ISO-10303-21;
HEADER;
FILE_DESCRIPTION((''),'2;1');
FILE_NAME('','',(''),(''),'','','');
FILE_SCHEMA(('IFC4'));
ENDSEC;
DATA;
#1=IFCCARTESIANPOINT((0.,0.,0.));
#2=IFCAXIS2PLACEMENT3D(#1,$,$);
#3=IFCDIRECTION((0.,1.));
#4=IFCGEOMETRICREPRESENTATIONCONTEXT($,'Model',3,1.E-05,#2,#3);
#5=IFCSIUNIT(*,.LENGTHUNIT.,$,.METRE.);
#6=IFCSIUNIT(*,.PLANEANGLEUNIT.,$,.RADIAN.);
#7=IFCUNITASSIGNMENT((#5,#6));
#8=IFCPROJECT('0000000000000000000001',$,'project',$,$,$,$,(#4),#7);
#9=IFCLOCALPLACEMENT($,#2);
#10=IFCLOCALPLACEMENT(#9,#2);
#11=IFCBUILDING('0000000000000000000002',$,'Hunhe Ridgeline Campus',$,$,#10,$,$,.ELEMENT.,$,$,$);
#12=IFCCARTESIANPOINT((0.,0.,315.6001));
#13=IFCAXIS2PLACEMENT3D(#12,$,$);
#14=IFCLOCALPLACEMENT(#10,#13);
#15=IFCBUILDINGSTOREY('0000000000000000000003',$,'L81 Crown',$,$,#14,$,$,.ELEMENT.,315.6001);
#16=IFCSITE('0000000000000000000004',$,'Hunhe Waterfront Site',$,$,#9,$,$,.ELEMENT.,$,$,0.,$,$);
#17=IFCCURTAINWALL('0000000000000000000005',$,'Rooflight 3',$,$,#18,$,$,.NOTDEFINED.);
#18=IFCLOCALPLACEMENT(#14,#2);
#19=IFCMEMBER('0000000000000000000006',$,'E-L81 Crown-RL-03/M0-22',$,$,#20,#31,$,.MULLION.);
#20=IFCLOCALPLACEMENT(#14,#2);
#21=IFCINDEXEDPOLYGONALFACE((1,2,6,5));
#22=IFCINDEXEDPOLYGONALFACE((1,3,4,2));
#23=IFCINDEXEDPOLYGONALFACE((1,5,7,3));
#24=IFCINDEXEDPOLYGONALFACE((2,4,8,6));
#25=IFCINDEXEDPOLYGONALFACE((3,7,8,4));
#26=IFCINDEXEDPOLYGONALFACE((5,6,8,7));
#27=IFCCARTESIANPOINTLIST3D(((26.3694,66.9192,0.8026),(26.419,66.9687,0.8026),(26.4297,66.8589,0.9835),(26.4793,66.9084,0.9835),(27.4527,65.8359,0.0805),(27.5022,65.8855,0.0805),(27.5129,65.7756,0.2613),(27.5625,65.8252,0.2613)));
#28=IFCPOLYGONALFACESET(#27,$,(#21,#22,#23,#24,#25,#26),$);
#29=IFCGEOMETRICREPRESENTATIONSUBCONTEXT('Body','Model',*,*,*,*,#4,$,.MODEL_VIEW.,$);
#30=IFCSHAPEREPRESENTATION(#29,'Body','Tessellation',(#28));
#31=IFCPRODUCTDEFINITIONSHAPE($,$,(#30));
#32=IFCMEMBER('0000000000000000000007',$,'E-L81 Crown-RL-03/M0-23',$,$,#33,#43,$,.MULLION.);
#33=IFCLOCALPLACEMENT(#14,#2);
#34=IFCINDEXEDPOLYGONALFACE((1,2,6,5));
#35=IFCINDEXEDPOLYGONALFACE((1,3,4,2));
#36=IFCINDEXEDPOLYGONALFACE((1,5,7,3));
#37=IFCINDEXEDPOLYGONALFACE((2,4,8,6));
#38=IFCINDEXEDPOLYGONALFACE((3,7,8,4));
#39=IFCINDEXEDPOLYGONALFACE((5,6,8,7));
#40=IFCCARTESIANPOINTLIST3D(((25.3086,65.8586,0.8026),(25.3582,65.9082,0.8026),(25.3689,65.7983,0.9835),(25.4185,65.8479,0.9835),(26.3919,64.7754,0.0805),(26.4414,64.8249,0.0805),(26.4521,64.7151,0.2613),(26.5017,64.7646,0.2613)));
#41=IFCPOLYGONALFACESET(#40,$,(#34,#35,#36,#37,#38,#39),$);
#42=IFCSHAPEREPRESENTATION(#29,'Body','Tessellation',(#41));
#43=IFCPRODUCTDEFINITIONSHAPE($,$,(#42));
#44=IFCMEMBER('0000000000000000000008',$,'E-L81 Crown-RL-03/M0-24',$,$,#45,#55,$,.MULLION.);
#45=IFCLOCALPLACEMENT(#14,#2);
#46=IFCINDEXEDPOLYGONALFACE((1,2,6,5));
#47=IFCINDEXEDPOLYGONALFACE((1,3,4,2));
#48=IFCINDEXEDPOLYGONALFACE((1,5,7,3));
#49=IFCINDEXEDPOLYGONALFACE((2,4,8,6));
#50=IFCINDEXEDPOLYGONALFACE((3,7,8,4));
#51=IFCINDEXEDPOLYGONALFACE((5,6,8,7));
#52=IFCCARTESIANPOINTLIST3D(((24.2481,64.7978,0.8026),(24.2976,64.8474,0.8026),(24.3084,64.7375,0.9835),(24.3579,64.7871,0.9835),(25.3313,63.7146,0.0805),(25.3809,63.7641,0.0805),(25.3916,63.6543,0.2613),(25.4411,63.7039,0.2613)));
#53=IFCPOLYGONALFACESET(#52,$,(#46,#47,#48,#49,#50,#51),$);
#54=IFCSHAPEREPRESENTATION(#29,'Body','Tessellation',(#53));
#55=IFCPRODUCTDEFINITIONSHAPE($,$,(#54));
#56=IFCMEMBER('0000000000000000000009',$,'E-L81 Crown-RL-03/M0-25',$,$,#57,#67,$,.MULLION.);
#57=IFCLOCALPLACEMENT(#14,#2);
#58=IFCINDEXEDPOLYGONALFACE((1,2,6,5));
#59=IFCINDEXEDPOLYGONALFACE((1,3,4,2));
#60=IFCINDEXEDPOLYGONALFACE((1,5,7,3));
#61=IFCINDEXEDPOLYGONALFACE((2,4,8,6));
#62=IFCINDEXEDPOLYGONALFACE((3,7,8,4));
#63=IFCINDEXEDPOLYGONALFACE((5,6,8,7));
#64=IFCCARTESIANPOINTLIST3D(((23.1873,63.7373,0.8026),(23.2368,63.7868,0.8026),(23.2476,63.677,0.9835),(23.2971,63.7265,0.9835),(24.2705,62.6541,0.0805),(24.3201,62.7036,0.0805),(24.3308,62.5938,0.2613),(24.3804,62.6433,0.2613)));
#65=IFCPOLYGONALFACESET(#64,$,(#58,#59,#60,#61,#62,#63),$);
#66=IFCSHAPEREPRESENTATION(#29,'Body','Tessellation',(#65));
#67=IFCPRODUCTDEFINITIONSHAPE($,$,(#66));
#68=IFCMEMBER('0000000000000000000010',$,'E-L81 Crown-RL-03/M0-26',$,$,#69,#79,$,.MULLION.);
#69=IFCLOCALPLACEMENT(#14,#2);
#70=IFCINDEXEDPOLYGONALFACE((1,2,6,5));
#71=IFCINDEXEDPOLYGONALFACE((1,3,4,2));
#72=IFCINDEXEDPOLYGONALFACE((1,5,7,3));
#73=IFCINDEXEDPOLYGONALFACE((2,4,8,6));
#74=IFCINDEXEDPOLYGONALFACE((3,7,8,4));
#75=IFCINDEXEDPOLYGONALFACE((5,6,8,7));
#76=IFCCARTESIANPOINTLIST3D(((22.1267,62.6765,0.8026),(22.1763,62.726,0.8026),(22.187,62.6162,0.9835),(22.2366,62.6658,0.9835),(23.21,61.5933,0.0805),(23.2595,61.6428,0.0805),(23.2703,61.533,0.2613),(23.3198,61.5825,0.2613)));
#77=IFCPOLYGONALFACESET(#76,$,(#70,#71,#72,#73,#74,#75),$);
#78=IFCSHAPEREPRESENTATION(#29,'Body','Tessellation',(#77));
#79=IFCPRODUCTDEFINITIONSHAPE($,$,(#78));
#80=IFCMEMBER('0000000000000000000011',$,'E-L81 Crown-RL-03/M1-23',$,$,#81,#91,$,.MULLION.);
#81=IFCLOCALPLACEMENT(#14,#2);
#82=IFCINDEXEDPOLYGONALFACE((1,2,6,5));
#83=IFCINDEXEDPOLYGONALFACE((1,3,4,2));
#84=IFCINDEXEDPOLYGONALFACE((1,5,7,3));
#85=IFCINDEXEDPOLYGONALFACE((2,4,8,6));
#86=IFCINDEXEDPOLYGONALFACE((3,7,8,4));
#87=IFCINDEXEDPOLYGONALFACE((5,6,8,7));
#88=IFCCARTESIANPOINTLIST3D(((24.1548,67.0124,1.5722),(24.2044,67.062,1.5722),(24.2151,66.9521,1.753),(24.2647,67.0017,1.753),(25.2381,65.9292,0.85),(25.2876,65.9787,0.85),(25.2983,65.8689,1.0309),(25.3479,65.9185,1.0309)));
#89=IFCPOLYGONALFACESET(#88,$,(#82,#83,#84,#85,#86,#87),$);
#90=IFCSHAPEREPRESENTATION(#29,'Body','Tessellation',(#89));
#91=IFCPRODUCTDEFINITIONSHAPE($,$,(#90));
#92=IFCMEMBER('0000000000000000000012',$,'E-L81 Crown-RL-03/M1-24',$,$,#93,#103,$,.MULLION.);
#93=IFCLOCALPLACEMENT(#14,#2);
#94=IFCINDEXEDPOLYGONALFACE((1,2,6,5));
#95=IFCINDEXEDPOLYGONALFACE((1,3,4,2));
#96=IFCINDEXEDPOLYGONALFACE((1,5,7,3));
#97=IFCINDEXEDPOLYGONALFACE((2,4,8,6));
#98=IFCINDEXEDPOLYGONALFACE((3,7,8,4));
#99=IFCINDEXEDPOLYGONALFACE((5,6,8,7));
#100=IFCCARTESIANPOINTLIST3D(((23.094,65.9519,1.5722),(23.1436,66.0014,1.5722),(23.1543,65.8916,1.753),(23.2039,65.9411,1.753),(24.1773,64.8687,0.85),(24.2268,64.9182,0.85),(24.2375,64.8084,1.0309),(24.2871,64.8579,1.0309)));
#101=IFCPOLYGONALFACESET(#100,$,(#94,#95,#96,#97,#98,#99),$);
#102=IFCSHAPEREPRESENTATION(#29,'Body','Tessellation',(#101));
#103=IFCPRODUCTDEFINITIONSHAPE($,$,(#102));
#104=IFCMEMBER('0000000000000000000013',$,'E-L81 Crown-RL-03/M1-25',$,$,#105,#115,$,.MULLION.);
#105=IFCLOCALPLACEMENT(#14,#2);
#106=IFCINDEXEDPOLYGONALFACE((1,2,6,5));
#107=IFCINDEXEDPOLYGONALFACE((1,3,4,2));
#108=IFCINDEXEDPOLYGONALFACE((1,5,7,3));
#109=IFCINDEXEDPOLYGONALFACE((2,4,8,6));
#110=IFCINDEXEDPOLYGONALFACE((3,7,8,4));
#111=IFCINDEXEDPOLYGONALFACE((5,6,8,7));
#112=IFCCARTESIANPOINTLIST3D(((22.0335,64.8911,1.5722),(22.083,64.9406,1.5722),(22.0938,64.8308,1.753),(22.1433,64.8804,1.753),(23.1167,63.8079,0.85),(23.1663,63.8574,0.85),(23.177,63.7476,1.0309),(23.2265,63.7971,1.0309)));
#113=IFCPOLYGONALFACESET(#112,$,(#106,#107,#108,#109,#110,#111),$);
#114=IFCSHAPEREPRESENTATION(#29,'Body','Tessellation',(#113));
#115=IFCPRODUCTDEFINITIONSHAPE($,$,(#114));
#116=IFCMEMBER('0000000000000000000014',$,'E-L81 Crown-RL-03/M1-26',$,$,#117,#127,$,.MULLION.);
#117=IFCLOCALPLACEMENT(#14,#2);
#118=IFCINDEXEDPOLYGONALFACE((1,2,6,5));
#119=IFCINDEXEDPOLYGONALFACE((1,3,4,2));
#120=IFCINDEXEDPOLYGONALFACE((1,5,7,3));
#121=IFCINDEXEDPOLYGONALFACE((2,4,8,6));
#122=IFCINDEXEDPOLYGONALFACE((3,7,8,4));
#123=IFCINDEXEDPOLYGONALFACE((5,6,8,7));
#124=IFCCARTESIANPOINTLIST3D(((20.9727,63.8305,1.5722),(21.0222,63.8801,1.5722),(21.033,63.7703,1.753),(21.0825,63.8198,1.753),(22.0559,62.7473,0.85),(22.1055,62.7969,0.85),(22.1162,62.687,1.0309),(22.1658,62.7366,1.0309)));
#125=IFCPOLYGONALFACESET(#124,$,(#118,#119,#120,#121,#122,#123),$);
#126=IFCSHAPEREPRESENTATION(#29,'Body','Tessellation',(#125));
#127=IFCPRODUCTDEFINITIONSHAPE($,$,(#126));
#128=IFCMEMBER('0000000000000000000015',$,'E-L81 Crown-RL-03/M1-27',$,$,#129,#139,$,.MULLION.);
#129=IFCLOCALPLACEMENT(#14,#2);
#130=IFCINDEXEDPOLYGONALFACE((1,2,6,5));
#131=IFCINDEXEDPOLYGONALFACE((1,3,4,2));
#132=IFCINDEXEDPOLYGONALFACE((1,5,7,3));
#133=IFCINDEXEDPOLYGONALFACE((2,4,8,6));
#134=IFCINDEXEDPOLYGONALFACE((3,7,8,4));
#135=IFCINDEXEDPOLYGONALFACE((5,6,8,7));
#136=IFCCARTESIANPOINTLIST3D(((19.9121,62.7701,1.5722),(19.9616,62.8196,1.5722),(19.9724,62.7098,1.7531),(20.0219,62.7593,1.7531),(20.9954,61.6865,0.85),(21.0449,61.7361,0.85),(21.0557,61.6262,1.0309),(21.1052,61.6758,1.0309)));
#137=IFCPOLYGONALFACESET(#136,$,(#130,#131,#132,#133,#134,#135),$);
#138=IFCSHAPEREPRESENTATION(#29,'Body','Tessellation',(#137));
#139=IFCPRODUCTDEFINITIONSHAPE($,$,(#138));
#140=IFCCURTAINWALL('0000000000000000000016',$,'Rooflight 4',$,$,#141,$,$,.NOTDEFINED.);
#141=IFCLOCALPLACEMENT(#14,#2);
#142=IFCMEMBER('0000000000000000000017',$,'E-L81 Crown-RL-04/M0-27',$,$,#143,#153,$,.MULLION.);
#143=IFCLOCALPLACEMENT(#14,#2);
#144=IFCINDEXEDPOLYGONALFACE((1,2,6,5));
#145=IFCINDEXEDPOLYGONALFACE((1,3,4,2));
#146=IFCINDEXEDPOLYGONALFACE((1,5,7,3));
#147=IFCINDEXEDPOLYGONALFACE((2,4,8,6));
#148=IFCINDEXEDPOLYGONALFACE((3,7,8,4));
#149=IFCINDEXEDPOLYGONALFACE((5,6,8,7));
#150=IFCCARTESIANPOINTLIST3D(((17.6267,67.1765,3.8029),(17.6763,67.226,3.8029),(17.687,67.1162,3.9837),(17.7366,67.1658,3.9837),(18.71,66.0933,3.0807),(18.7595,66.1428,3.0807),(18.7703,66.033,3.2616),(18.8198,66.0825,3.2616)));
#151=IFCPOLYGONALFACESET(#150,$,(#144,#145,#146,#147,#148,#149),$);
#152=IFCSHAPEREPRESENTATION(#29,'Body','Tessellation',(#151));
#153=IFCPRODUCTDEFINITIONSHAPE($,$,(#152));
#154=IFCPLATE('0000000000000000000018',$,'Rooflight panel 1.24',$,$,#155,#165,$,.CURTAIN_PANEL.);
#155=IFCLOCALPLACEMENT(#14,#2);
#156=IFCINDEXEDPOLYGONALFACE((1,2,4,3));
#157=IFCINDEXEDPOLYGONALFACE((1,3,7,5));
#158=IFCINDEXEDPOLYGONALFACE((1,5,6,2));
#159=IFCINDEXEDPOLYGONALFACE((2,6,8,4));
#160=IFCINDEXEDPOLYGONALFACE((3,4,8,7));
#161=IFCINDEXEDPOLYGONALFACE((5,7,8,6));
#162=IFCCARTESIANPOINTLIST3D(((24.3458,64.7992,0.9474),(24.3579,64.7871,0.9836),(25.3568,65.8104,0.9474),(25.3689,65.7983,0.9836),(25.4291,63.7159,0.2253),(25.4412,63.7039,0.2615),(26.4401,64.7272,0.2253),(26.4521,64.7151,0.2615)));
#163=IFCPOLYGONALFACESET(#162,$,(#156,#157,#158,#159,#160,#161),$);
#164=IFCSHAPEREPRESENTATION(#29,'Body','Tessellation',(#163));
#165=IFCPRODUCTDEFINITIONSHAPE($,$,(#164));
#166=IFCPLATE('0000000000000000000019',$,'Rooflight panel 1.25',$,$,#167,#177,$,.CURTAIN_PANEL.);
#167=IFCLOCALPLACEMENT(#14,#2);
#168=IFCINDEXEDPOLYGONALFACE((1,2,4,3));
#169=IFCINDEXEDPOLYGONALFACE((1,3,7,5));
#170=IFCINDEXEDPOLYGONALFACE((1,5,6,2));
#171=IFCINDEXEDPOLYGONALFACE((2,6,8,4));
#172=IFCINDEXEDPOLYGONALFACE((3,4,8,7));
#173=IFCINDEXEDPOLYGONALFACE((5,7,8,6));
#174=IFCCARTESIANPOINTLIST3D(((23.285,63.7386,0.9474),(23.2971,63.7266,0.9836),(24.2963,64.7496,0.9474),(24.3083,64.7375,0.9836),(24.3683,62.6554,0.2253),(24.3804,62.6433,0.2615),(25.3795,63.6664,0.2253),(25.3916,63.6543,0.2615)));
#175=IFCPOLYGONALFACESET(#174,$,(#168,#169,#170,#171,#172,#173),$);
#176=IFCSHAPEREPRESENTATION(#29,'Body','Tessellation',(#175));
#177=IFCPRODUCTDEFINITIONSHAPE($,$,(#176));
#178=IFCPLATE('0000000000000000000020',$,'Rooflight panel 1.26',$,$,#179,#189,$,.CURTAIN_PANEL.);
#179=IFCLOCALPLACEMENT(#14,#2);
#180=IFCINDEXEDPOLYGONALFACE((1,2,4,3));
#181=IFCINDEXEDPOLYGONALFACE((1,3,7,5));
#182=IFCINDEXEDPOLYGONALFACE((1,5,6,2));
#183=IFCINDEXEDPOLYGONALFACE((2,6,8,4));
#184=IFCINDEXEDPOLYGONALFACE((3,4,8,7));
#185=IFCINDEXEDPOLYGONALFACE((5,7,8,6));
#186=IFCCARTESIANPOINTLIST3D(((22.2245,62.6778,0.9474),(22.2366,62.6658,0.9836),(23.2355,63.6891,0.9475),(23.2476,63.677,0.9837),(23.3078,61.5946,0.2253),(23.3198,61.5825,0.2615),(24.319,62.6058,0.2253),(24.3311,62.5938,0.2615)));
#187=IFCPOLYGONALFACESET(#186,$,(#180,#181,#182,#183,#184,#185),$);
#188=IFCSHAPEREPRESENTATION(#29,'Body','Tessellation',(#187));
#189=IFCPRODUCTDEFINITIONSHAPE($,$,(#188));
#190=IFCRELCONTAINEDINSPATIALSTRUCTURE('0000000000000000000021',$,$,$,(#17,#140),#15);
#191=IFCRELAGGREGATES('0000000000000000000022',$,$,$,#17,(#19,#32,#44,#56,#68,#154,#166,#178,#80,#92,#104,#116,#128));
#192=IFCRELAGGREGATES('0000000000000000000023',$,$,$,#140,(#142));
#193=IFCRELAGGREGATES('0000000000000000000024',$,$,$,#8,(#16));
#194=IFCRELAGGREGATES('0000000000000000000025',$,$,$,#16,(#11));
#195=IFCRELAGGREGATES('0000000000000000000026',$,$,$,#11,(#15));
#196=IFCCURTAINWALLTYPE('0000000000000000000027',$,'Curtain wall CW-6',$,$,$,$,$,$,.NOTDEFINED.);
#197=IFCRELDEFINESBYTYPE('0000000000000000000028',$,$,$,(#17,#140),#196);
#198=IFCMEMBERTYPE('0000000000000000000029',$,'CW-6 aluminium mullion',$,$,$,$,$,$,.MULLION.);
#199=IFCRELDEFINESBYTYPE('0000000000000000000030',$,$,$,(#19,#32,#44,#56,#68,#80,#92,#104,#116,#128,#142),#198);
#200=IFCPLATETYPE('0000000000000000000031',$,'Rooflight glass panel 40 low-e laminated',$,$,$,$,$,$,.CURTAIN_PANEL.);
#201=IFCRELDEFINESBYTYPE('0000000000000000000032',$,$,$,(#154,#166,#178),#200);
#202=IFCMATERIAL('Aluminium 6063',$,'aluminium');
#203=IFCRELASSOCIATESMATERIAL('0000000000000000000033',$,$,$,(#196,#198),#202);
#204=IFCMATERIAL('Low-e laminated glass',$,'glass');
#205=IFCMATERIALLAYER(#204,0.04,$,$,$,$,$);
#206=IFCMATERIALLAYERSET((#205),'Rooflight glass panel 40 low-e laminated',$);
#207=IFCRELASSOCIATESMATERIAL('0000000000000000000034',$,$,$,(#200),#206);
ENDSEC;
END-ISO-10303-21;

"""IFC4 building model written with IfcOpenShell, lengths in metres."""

from ifc_helpers import new_model, si_unit, direction, frame, origin, origin_2d, place, context, subcontext, project, spatial, polyline, rectangle, outline, extrude, material, layer, layer_set, material_profile, profile_set, type_object, element, aggregate, save


model = new_model("IFC4")

# Units and contexts
model_context = context("Model", 3, precision=1e-05, world=origin(), true_north=direction((0.0, 1.0)))
body_context = subcontext(model_context, "Body", "Model", "MODEL_VIEW")
ifc_project = project(units=[si_unit("LENGTHUNIT", "METRE"), si_unit("PLANEANGLEUNIT", "RADIAN")], contexts=[model_context])

# Site, building, storey
site_placement = place(None, origin())
site = spatial("IfcSite", under=ifc_project, at=site_placement, Name="Hunhe Waterfront Site", CompositionType="ELEMENT", RefElevation=0.0)
building_placement = place(site_placement, origin())
building = spatial("IfcBuilding", under=site, at=building_placement, Name="Hunhe Ridgeline Campus", CompositionType="ELEMENT")
storey_placement = place(building_placement, frame((0.0, 0.0, 315.6001)))
storey = spatial("IfcBuildingStorey", under=building, at=storey_placement, Name="L81 Crown", CompositionType="ELEMENT", Elevation=315.6001)

# Curtain wall, members
ifc_material_1 = material(Name="Aluminium 6063", Category="aluminium")
curtain_wall_type = type_object("IfcCurtainWallType", Name="Curtain wall CW-6", PredefinedType="NOTDEFINED", material=ifc_material_1)
curtain_wall_1_placement = place(storey_placement, origin())
curtain_wall_1 = element("IfcCurtainWall", 1, at=curtain_wall_1_placement, inside=storey, type_object=curtain_wall_type, Name="Rooflight 3", PredefinedType="NOTDEFINED")
ifc_material_profile = material_profile(ifc_material_1, rectangle(XDim=0.0701, YDim=0.2, at=origin_2d()))
ifc_profile_set = profile_set([ifc_material_profile], Name="Aluminium 6063")
member_type = type_object("IfcMemberType", Name="CW-6 aluminium mullion", PredefinedType="MULLION", material=ifc_profile_set)
member_1_placement = place(storey_placement, frame((27.5076, 65.8306, 0.1709), z_axis=(-0.639602, 0.639602, 0.426401), x_axis=(-0.707107, -0.707107, 0.0)))
member_1 = element("IfcMember", 2, at=member_1_placement, type_object=member_type, Name="E-L81 Crown-RL-03/M0-22", PredefinedType="MULLION", context=body_context, shape_type="SweptSolid", body=[
    extrude(rectangle(XDim=0.0701, YDim=0.2, at=origin_2d()), origin(), (0.0, 0.0, 1.0), 1.6936),
])
member_2_placement = place(storey_placement, frame((26.4468, 64.77, 0.1709), z_axis=(-0.639602, 0.639602, 0.426401), x_axis=(-0.707107, -0.707107, 0.0)))
member_2 = element("IfcMember", 3, at=member_2_placement, type_object=member_type, Name="E-L81 Crown-RL-03/M0-23", PredefinedType="MULLION", context=body_context, shape_type="SweptSolid", body=[
    extrude(rectangle(XDim=0.0701, YDim=0.2, at=origin_2d()), origin(), (0.0, 0.0, 1.0), 1.6936),
])
member_3_placement = place(storey_placement, frame((25.3862, 63.7092, 0.1709), z_axis=(-0.639602, 0.639602, 0.426401), x_axis=(-0.707107, -0.707107, 0.0)))
member_3 = element("IfcMember", 4, at=member_3_placement, type_object=member_type, Name="E-L81 Crown-RL-03/M0-24", PredefinedType="MULLION", context=body_context, shape_type="SweptSolid", body=[
    extrude(rectangle(XDim=0.0701, YDim=0.2, at=origin_2d()), origin(), (0.0, 0.0, 1.0), 1.6936),
])
member_4_placement = place(storey_placement, frame((24.3254, 62.6487, 0.1709), z_axis=(-0.639602, 0.639602, 0.426401), x_axis=(-0.707107, -0.707107, 0.0)))
member_4 = element("IfcMember", 5, at=member_4_placement, type_object=member_type, Name="E-L81 Crown-RL-03/M0-25", PredefinedType="MULLION", context=body_context, shape_type="SweptSolid", body=[
    extrude(rectangle(XDim=0.0701, YDim=0.2, at=origin_2d()), origin(), (0.0, 0.0, 1.0), 1.6936),
])
member_5_placement = place(storey_placement, frame((23.2649, 61.5879, 0.1709), z_axis=(-0.639602, 0.639602, 0.426401), x_axis=(-0.707107, -0.707107, 0.0)))
member_5 = element("IfcMember", 6, at=member_5_placement, type_object=member_type, Name="E-L81 Crown-RL-03/M0-26", PredefinedType="MULLION", context=body_context, shape_type="SweptSolid", body=[
    extrude(rectangle(XDim=0.0701, YDim=0.2, at=origin_2d()), origin(), (0.0, 0.0, 1.0), 1.6936),
])
member_6_placement = place(storey_placement, frame((25.293, 65.9238, 0.9404), z_axis=(-0.639602, 0.639602, 0.426401), x_axis=(-0.707107, -0.707107, 0.0)))
member_6 = element("IfcMember", 7, at=member_6_placement, type_object=member_type, Name="E-L81 Crown-RL-03/M1-23", PredefinedType="MULLION", context=body_context, shape_type="SweptSolid", body=[
    extrude(rectangle(XDim=0.0701, YDim=0.2, at=origin_2d()), origin(), (0.0, 0.0, 1.0), 1.6936),
])
member_7_placement = place(storey_placement, frame((24.2322, 64.8633, 0.9404), z_axis=(-0.639602, 0.639602, 0.426401), x_axis=(-0.707107, -0.707107, 0.0)))
member_7 = element("IfcMember", 8, at=member_7_placement, type_object=member_type, Name="E-L81 Crown-RL-03/M1-24", PredefinedType="MULLION", context=body_context, shape_type="SweptSolid", body=[
    extrude(rectangle(XDim=0.0701, YDim=0.2, at=origin_2d()), origin(), (0.0, 0.0, 1.0), 1.6936),
])
member_8_placement = place(storey_placement, frame((23.1716, 63.8025, 0.9404), z_axis=(-0.639602, 0.639602, 0.426401), x_axis=(-0.707107, -0.707107, 0.0)))
member_8 = element("IfcMember", 9, at=member_8_placement, type_object=member_type, Name="E-L81 Crown-RL-03/M1-25", PredefinedType="MULLION", context=body_context, shape_type="SweptSolid", body=[
    extrude(rectangle(XDim=0.0701, YDim=0.2, at=origin_2d()), origin(), (0.0, 0.0, 1.0), 1.6936),
])
member_9_placement = place(storey_placement, frame((22.1108, 62.7419, 0.9404), z_axis=(-0.639602, 0.639602, 0.426401), x_axis=(-0.707107, -0.707107, 0.0)))
member_9 = element("IfcMember", 10, at=member_9_placement, type_object=member_type, Name="E-L81 Crown-RL-03/M1-26", PredefinedType="MULLION", context=body_context, shape_type="SweptSolid", body=[
    extrude(rectangle(XDim=0.0701, YDim=0.2, at=origin_2d()), origin(), (0.0, 0.0, 1.0), 1.6936),
])
member_10_placement = place(storey_placement, frame((21.0503, 61.6812, 0.9404), z_axis=(-0.639543, 0.639687, 0.426362), x_axis=(-0.707186, -0.707027, 0.0)))
member_10 = element("IfcMember", 11, at=member_10_placement, type_object=member_type, Name="E-L81 Crown-RL-03/M1-27", PredefinedType="MULLION", context=body_context, shape_type="SweptSolid", body=[
    extrude(rectangle(XDim=0.0701, YDim=0.2, at=origin_2d()), origin(), (0.0, 0.0, 1.0), 1.6938),
])

# Curtain wall, member
curtain_wall_2_placement = place(storey_placement, origin())
curtain_wall_2 = element("IfcCurtainWall", 12, at=curtain_wall_2_placement, inside=storey, type_object=curtain_wall_type, Name="Rooflight 4", PredefinedType="NOTDEFINED")
member_11_placement = place(storey_placement, frame((18.7649, 66.0879, 3.1711), z_axis=(-0.639602, 0.639602, 0.426401), x_axis=(-0.707107, -0.707107, 0.0)))
member_11 = element("IfcMember", 13, at=member_11_placement, type_object=member_type, Name="E-L81 Crown-RL-04/M0-27", PredefinedType="MULLION", context=body_context, shape_type="SweptSolid", body=[
    extrude(rectangle(XDim=0.0701, YDim=0.2, at=origin_2d()), origin(), (0.0, 0.0, 1.0), 1.6936),
])

# Plates
ifc_material_2 = material(Name="Low-e laminated glass", Category="glass")
ifc_layer = layer(ifc_material_2, 0.04)
ifc_layer_set = layer_set([ifc_layer], Name="Rooflight glass panel 40 low-e laminated")
plate_type = type_object("IfcPlateType", Name="Rooflight glass panel 40 low-e laminated", PredefinedType="CURTAIN_PANEL", material=ifc_layer_set)
plate_1_placement = place(storey_placement, frame((26.4521, 64.7151, 0.2615), z_axis=(0.301548, -0.301475, 0.904534), x_axis=(-0.639602, 0.639602, 0.426401)))
plate_1 = element("IfcPlate", 14, at=plate_1_placement, type_object=plate_type, Name="Rooflight panel 1.24", PredefinedType="CURTAIN_PANEL", context=body_context, shape_type="SweptSolid", body=[
    extrude(outline(polyline([(0.0, 0.0), (1.6936, 0.0), (1.6935, 1.4299), (-0.0002, 1.4299), (0.0, 0.0)])), origin(), (0.0, 0.0, -1.0), 0.04),
])
plate_2_placement = place(storey_placement, frame((25.3916, 63.6543, 0.2615), z_axis=(0.301475, -0.301548, 0.904534), x_axis=(-0.639602, 0.639602, 0.426401)))
plate_2 = element("IfcPlate", 15, at=plate_2_placement, type_object=plate_type, Name="Rooflight panel 1.25", PredefinedType="CURTAIN_PANEL", context=body_context, shape_type="SweptSolid", body=[
    extrude(outline(polyline([(0.0, 0.0), (1.6936, 0.0), (1.6938, 1.4299), (0.0002, 1.4299), (0.0, 0.0)])), origin(), (0.0, 0.0, -1.0), 0.04),
])
plate_3_placement = place(storey_placement, frame((24.3311, 62.5938, 0.2615), z_axis=(0.301516, -0.301479, 0.904543), x_axis=(-0.639681, 0.639537, 0.426382)))
plate_3 = element("IfcPlate", 16, at=plate_3_placement, type_object=plate_type, Name="Rooflight panel 1.26", PredefinedType="CURTAIN_PANEL", context=body_context, shape_type="SweptSolid", body=[
    extrude(outline(polyline([(0.0, 0.0), (1.6938, 0.0), (1.6938, 1.4299), (0.0001, 1.4301), (0.0, 0.0)])), origin(), (0.0, 0.0, -1.0), 0.04),
])
aggregate(curtain_wall_1, [member_1, member_2, member_3, member_4, member_5, plate_1, plate_2, plate_3, member_6, member_7, member_8, member_9, member_10])
aggregate(curtain_wall_2, [member_11])

save(model, "model.ifc")
